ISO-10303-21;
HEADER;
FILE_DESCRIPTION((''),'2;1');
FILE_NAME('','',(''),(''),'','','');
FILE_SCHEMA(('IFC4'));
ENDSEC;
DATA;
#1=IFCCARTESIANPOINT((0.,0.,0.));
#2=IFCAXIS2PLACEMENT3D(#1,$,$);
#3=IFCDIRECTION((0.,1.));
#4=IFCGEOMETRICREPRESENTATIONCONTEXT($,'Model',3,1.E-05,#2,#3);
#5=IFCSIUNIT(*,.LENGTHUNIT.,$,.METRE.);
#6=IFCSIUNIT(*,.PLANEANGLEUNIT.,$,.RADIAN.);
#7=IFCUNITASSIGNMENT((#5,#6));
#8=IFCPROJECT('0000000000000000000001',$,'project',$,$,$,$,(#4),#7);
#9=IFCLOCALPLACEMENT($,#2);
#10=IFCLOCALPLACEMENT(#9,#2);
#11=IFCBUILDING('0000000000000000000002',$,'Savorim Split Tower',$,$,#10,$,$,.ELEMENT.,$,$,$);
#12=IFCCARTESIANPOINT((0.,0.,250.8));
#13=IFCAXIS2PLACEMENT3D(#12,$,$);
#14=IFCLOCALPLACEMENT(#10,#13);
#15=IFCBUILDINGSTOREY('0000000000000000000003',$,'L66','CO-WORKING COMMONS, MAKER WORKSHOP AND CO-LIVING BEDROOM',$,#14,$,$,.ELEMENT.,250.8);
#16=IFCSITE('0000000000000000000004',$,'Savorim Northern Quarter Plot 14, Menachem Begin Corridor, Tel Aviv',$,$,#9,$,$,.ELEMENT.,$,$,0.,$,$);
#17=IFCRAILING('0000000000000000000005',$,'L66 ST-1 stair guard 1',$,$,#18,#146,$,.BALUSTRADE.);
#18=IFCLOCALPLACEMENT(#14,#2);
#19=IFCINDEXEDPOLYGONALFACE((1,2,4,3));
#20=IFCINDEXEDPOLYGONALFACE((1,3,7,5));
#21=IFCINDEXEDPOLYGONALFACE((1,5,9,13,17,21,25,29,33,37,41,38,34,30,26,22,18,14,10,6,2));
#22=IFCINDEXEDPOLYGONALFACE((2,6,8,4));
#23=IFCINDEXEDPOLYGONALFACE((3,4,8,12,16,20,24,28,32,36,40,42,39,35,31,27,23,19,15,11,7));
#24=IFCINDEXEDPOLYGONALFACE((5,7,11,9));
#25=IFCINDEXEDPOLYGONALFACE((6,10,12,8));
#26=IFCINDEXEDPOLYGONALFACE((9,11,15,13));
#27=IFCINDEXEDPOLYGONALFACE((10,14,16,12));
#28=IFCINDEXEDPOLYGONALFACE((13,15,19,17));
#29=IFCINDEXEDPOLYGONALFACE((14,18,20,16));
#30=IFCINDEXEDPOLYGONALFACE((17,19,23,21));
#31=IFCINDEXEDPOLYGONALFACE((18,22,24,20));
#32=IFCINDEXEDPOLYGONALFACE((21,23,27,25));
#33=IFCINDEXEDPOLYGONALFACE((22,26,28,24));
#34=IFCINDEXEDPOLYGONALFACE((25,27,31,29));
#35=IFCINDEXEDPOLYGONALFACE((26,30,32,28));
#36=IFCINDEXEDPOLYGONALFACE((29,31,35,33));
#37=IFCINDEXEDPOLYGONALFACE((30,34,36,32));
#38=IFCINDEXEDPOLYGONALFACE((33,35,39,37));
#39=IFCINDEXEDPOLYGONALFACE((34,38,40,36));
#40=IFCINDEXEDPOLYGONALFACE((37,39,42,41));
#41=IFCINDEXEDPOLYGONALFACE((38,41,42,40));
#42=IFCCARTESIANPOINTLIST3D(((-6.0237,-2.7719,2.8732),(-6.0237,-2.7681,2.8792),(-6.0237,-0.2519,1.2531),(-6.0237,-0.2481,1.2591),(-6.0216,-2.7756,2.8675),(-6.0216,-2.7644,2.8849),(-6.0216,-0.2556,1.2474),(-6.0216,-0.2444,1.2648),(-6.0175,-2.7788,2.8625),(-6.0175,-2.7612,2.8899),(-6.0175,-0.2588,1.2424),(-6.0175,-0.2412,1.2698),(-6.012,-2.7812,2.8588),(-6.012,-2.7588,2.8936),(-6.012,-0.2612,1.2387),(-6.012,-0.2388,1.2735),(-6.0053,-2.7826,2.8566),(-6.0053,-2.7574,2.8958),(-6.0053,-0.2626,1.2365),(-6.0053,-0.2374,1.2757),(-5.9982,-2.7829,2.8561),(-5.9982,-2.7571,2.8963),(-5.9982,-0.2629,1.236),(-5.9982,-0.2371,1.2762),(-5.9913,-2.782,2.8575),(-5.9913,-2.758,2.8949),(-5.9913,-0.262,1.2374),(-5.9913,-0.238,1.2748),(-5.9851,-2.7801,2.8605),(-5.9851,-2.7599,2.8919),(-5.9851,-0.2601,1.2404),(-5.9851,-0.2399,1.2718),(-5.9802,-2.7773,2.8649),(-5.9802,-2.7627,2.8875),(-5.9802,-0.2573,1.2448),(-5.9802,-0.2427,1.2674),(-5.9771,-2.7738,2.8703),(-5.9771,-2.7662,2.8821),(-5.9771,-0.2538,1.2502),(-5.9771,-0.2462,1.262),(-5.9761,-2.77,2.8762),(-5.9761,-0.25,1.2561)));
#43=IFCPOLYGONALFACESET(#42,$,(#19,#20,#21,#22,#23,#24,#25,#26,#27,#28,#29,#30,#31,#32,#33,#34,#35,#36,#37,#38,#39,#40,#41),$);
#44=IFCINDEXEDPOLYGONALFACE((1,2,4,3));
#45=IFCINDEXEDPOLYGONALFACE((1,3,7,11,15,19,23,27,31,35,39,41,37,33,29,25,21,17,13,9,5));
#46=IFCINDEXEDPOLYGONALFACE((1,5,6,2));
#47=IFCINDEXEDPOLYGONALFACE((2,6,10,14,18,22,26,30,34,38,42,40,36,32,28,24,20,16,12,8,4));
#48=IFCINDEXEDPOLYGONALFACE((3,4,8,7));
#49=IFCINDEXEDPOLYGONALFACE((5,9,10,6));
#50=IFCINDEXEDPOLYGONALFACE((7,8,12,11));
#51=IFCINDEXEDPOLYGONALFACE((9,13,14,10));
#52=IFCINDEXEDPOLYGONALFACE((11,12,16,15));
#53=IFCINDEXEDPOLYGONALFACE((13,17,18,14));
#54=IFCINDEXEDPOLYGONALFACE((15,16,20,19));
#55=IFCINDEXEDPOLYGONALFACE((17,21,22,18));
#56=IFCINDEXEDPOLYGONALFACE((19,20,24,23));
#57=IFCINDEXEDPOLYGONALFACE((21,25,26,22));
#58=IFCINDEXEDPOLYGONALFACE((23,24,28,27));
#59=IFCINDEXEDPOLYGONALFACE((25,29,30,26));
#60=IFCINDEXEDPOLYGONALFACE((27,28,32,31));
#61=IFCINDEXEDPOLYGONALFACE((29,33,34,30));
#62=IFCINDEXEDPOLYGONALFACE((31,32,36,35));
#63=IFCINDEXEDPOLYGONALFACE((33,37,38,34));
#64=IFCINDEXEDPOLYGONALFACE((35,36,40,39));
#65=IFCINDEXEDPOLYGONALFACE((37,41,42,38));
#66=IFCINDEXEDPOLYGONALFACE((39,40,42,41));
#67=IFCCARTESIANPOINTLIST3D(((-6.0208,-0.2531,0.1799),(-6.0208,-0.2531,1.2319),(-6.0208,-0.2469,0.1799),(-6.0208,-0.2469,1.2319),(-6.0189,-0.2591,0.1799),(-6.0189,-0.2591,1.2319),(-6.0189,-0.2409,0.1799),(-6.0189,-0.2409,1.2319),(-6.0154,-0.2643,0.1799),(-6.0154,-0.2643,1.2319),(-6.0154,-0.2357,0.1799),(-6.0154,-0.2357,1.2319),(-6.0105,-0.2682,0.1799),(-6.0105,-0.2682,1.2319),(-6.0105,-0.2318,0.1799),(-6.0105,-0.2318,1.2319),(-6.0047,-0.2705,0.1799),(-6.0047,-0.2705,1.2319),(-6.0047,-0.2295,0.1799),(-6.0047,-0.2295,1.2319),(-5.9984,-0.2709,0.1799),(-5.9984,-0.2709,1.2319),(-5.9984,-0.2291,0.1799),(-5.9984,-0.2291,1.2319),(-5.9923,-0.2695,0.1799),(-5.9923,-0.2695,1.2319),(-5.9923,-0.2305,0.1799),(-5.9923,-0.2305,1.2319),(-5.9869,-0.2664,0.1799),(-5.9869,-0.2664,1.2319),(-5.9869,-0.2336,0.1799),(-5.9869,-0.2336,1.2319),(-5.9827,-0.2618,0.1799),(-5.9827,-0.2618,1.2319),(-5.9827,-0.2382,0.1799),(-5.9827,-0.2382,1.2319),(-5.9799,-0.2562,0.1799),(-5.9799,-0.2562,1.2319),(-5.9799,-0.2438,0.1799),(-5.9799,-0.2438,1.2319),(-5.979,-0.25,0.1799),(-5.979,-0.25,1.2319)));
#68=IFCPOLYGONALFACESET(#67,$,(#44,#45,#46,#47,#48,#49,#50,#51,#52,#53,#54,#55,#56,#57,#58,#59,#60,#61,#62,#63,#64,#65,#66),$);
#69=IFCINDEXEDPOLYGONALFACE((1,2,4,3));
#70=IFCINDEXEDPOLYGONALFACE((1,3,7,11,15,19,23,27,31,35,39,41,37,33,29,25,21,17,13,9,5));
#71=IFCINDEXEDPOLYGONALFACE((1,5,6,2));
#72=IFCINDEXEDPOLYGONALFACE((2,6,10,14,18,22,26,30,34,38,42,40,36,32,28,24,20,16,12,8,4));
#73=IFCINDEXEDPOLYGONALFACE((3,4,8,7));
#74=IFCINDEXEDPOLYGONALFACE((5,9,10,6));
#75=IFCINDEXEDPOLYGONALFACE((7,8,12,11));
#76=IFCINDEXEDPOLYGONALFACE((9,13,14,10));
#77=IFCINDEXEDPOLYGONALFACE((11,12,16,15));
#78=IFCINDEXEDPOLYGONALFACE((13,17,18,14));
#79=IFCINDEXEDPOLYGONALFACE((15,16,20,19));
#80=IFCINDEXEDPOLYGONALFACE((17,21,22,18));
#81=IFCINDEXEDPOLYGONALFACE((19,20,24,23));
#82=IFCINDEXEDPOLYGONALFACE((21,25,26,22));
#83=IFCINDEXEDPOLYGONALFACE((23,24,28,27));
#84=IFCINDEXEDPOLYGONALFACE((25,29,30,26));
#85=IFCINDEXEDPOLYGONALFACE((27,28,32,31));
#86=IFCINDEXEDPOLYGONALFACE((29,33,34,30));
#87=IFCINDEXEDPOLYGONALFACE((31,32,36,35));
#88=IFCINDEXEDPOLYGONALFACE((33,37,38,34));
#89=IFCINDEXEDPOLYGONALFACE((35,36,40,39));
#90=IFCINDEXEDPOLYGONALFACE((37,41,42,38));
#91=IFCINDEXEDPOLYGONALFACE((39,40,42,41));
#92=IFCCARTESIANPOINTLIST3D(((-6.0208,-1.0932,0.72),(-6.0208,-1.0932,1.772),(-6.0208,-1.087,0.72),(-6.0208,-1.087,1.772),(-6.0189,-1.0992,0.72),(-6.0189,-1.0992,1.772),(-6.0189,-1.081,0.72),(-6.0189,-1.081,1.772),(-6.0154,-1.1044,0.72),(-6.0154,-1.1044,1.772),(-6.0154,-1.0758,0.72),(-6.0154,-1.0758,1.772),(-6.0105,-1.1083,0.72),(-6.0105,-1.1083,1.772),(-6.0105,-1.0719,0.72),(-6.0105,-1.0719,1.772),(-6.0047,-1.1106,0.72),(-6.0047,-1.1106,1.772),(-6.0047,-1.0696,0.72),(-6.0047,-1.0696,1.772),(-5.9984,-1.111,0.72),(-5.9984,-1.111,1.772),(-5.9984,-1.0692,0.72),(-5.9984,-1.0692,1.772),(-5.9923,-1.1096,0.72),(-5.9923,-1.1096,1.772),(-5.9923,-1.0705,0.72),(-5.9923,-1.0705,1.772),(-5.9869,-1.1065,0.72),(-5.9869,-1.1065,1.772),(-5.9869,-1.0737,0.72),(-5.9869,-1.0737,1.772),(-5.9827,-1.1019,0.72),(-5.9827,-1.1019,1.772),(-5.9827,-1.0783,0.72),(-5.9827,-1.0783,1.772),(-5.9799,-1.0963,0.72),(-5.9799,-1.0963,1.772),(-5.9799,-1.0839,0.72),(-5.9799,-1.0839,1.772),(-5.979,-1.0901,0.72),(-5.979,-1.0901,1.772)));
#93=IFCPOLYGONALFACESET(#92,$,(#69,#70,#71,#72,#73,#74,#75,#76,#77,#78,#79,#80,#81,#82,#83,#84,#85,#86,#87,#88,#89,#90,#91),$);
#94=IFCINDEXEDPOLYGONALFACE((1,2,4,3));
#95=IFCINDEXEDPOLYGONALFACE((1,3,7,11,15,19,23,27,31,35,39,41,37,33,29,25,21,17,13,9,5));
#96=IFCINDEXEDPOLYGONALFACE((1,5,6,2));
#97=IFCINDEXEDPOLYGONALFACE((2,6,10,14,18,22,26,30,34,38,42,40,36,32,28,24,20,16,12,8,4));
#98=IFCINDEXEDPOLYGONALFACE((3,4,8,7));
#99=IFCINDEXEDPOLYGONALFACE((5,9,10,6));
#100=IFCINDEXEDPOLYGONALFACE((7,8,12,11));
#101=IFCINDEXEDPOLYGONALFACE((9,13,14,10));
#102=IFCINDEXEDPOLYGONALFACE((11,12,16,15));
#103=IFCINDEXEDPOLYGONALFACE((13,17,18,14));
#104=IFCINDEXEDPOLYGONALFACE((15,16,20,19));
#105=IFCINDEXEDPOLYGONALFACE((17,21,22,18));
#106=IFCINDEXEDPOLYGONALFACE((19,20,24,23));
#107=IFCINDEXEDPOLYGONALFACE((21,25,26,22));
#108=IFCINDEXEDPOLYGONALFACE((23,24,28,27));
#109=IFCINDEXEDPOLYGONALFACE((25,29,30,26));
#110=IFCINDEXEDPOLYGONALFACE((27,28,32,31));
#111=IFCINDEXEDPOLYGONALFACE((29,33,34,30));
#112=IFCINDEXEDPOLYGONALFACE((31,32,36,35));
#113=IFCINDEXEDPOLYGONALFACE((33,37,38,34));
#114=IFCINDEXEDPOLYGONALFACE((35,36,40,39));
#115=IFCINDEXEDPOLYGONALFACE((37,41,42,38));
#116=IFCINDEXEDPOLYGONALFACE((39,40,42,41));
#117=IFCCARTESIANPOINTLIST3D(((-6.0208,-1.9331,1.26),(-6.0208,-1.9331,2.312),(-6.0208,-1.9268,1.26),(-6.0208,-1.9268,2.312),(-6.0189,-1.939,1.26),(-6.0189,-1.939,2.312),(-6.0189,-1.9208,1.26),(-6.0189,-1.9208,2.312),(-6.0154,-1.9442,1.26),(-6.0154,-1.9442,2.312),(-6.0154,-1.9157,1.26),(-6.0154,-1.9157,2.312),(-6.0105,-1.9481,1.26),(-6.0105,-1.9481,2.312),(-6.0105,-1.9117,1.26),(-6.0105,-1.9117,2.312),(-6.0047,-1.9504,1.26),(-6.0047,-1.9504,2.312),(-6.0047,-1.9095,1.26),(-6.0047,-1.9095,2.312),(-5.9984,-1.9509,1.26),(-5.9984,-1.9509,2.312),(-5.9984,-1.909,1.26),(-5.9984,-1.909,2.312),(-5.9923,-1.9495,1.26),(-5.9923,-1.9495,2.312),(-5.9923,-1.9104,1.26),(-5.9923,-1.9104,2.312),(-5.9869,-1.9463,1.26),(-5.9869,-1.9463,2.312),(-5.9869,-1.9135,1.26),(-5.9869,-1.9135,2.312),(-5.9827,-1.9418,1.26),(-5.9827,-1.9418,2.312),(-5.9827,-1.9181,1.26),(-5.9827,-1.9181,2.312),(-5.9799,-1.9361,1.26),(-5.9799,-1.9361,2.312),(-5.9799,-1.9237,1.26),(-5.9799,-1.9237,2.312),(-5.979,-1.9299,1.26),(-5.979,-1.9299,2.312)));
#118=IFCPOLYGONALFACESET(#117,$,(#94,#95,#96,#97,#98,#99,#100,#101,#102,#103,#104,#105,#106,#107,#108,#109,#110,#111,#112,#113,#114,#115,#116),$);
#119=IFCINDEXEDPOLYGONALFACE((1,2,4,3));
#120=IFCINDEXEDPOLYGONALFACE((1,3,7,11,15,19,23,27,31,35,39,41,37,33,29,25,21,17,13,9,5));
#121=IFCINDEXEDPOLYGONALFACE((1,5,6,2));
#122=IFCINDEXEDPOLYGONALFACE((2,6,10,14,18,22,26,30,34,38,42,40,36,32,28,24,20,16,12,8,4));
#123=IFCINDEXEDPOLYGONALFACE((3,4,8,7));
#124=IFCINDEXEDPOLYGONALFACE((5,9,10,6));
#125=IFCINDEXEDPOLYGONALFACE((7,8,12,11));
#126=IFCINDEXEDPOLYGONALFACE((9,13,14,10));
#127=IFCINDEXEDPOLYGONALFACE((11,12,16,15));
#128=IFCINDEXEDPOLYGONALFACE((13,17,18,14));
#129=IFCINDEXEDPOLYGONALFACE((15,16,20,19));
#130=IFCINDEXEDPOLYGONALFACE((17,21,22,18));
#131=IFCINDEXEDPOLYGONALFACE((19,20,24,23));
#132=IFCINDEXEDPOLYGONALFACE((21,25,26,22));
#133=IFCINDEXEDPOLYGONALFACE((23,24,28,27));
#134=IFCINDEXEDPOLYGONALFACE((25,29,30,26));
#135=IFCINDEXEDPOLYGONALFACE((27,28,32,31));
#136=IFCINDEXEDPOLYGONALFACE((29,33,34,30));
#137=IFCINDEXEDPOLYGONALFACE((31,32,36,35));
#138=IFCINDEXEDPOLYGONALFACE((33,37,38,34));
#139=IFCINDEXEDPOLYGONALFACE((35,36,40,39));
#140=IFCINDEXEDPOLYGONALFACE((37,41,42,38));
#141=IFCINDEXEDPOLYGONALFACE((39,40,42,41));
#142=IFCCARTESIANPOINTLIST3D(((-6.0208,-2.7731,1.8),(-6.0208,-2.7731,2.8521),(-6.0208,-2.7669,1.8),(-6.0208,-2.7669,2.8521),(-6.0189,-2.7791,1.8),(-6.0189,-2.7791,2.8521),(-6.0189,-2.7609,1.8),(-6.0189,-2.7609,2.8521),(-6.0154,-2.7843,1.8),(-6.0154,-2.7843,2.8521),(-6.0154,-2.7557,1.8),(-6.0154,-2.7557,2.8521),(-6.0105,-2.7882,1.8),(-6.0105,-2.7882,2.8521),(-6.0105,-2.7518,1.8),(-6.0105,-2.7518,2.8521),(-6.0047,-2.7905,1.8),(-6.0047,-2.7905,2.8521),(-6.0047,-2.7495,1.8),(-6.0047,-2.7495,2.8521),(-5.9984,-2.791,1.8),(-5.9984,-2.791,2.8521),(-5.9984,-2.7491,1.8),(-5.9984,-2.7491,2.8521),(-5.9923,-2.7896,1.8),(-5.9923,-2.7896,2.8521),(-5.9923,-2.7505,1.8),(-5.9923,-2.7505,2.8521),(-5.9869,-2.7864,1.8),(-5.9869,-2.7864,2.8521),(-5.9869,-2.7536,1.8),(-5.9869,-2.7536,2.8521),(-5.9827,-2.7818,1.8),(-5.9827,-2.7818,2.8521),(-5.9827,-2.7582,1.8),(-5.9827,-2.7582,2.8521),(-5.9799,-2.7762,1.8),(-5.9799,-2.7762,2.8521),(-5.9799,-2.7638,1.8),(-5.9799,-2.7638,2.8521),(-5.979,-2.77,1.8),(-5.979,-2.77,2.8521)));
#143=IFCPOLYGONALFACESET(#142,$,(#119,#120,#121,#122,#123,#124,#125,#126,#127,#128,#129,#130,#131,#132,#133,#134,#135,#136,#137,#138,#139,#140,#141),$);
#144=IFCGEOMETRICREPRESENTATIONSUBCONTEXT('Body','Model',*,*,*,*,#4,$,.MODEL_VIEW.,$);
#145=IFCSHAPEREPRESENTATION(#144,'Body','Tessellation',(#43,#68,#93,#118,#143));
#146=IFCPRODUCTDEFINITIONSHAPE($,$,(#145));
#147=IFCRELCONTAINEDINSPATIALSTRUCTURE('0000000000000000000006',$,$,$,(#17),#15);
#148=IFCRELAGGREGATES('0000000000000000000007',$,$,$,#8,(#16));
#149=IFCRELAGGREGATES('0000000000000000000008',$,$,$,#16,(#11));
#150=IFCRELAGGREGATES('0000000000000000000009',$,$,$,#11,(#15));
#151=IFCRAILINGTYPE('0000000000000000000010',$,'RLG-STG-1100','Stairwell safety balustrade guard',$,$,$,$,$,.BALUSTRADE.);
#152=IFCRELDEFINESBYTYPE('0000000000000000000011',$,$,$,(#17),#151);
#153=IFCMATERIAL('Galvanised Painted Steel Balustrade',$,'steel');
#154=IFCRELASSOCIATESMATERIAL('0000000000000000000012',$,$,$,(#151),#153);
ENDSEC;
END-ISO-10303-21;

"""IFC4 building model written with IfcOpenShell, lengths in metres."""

from ifc_helpers import new_model, si_unit, direction, frame, origin, origin_2d, place, context, subcontext, project, spatial, circle, extrude, material, type_object, element, save


model = new_model("IFC4")

# Units and contexts
model_context = context("Model", 3, precision=1e-05, world=origin(), true_north=direction((0.0, 1.0)))
body_context = subcontext(model_context, "Body", "Model", "MODEL_VIEW")
ifc_project = project(units=[si_unit("LENGTHUNIT", "METRE"), si_unit("PLANEANGLEUNIT", "RADIAN")], contexts=[model_context])

# Site, building, storey
site_placement = place(None, origin())
site = spatial("IfcSite", under=ifc_project, at=site_placement, Name="Savorim Northern Quarter Plot 14, Menachem Begin Corridor, Tel Aviv", CompositionType="ELEMENT", RefElevation=0.0)
building_placement = place(site_placement, origin())
building = spatial("IfcBuilding", under=site, at=building_placement, Name="Savorim Split Tower", CompositionType="ELEMENT")
storey_placement = place(building_placement, frame((0.0, 0.0, 250.8)))
storey = spatial("IfcBuildingStorey", under=building, at=storey_placement, Name="L66", Description="CO-WORKING COMMONS, MAKER WORKSHOP AND CO-LIVING BEDROOM", CompositionType="ELEMENT", Elevation=250.8)

# Railing
ifc_material_1 = material(Name="Galvanised Painted Steel Balustrade", Category="steel")
railing_type_1 = type_object("IfcRailingType", Name="RLG-STG-1100", Description="Stairwell safety balustrade guard", PredefinedType="BALUSTRADE", material=ifc_material_1)
railing_1_placement = place(storey_placement, frame((-6.0, -0.25, 0.1799)))
element("IfcRailing", 1, at=railing_1_placement, inside=storey, type_object=railing_type_1, Name="L66 ST-1 stair guard 1", PredefinedType="BALUSTRADE", context=body_context, shape_type="SweptSolid", body=[
    extrude(circle(Radius=0.0239, at=origin_2d()), frame((0.0, 0.0, 1.0762), z_axis=(0.0, -0.841163, 0.540782), x_axis=(1.0, 0.0, 0.0)), (0.0, 0.0, 1.0), 2.9958),
    extrude(circle(Radius=0.021, at=origin_2d()), origin(), (0.0, 0.0, 1.0), 1.052),
    extrude(circle(Radius=0.021, at=origin_2d()), frame((0.0, -0.8401, 0.54)), (0.0, 0.0, 1.0), 1.052),
    extrude(circle(Radius=0.021, at=origin_2d()), frame((0.0, -1.6799, 1.0801)), (0.0, 0.0, 1.0), 1.052),
    extrude(circle(Radius=0.021, at=origin_2d()), frame((0.0, -2.52, 1.6201)), (0.0, 0.0, 1.0), 1.052),
])

save(model, "model.ifc")
